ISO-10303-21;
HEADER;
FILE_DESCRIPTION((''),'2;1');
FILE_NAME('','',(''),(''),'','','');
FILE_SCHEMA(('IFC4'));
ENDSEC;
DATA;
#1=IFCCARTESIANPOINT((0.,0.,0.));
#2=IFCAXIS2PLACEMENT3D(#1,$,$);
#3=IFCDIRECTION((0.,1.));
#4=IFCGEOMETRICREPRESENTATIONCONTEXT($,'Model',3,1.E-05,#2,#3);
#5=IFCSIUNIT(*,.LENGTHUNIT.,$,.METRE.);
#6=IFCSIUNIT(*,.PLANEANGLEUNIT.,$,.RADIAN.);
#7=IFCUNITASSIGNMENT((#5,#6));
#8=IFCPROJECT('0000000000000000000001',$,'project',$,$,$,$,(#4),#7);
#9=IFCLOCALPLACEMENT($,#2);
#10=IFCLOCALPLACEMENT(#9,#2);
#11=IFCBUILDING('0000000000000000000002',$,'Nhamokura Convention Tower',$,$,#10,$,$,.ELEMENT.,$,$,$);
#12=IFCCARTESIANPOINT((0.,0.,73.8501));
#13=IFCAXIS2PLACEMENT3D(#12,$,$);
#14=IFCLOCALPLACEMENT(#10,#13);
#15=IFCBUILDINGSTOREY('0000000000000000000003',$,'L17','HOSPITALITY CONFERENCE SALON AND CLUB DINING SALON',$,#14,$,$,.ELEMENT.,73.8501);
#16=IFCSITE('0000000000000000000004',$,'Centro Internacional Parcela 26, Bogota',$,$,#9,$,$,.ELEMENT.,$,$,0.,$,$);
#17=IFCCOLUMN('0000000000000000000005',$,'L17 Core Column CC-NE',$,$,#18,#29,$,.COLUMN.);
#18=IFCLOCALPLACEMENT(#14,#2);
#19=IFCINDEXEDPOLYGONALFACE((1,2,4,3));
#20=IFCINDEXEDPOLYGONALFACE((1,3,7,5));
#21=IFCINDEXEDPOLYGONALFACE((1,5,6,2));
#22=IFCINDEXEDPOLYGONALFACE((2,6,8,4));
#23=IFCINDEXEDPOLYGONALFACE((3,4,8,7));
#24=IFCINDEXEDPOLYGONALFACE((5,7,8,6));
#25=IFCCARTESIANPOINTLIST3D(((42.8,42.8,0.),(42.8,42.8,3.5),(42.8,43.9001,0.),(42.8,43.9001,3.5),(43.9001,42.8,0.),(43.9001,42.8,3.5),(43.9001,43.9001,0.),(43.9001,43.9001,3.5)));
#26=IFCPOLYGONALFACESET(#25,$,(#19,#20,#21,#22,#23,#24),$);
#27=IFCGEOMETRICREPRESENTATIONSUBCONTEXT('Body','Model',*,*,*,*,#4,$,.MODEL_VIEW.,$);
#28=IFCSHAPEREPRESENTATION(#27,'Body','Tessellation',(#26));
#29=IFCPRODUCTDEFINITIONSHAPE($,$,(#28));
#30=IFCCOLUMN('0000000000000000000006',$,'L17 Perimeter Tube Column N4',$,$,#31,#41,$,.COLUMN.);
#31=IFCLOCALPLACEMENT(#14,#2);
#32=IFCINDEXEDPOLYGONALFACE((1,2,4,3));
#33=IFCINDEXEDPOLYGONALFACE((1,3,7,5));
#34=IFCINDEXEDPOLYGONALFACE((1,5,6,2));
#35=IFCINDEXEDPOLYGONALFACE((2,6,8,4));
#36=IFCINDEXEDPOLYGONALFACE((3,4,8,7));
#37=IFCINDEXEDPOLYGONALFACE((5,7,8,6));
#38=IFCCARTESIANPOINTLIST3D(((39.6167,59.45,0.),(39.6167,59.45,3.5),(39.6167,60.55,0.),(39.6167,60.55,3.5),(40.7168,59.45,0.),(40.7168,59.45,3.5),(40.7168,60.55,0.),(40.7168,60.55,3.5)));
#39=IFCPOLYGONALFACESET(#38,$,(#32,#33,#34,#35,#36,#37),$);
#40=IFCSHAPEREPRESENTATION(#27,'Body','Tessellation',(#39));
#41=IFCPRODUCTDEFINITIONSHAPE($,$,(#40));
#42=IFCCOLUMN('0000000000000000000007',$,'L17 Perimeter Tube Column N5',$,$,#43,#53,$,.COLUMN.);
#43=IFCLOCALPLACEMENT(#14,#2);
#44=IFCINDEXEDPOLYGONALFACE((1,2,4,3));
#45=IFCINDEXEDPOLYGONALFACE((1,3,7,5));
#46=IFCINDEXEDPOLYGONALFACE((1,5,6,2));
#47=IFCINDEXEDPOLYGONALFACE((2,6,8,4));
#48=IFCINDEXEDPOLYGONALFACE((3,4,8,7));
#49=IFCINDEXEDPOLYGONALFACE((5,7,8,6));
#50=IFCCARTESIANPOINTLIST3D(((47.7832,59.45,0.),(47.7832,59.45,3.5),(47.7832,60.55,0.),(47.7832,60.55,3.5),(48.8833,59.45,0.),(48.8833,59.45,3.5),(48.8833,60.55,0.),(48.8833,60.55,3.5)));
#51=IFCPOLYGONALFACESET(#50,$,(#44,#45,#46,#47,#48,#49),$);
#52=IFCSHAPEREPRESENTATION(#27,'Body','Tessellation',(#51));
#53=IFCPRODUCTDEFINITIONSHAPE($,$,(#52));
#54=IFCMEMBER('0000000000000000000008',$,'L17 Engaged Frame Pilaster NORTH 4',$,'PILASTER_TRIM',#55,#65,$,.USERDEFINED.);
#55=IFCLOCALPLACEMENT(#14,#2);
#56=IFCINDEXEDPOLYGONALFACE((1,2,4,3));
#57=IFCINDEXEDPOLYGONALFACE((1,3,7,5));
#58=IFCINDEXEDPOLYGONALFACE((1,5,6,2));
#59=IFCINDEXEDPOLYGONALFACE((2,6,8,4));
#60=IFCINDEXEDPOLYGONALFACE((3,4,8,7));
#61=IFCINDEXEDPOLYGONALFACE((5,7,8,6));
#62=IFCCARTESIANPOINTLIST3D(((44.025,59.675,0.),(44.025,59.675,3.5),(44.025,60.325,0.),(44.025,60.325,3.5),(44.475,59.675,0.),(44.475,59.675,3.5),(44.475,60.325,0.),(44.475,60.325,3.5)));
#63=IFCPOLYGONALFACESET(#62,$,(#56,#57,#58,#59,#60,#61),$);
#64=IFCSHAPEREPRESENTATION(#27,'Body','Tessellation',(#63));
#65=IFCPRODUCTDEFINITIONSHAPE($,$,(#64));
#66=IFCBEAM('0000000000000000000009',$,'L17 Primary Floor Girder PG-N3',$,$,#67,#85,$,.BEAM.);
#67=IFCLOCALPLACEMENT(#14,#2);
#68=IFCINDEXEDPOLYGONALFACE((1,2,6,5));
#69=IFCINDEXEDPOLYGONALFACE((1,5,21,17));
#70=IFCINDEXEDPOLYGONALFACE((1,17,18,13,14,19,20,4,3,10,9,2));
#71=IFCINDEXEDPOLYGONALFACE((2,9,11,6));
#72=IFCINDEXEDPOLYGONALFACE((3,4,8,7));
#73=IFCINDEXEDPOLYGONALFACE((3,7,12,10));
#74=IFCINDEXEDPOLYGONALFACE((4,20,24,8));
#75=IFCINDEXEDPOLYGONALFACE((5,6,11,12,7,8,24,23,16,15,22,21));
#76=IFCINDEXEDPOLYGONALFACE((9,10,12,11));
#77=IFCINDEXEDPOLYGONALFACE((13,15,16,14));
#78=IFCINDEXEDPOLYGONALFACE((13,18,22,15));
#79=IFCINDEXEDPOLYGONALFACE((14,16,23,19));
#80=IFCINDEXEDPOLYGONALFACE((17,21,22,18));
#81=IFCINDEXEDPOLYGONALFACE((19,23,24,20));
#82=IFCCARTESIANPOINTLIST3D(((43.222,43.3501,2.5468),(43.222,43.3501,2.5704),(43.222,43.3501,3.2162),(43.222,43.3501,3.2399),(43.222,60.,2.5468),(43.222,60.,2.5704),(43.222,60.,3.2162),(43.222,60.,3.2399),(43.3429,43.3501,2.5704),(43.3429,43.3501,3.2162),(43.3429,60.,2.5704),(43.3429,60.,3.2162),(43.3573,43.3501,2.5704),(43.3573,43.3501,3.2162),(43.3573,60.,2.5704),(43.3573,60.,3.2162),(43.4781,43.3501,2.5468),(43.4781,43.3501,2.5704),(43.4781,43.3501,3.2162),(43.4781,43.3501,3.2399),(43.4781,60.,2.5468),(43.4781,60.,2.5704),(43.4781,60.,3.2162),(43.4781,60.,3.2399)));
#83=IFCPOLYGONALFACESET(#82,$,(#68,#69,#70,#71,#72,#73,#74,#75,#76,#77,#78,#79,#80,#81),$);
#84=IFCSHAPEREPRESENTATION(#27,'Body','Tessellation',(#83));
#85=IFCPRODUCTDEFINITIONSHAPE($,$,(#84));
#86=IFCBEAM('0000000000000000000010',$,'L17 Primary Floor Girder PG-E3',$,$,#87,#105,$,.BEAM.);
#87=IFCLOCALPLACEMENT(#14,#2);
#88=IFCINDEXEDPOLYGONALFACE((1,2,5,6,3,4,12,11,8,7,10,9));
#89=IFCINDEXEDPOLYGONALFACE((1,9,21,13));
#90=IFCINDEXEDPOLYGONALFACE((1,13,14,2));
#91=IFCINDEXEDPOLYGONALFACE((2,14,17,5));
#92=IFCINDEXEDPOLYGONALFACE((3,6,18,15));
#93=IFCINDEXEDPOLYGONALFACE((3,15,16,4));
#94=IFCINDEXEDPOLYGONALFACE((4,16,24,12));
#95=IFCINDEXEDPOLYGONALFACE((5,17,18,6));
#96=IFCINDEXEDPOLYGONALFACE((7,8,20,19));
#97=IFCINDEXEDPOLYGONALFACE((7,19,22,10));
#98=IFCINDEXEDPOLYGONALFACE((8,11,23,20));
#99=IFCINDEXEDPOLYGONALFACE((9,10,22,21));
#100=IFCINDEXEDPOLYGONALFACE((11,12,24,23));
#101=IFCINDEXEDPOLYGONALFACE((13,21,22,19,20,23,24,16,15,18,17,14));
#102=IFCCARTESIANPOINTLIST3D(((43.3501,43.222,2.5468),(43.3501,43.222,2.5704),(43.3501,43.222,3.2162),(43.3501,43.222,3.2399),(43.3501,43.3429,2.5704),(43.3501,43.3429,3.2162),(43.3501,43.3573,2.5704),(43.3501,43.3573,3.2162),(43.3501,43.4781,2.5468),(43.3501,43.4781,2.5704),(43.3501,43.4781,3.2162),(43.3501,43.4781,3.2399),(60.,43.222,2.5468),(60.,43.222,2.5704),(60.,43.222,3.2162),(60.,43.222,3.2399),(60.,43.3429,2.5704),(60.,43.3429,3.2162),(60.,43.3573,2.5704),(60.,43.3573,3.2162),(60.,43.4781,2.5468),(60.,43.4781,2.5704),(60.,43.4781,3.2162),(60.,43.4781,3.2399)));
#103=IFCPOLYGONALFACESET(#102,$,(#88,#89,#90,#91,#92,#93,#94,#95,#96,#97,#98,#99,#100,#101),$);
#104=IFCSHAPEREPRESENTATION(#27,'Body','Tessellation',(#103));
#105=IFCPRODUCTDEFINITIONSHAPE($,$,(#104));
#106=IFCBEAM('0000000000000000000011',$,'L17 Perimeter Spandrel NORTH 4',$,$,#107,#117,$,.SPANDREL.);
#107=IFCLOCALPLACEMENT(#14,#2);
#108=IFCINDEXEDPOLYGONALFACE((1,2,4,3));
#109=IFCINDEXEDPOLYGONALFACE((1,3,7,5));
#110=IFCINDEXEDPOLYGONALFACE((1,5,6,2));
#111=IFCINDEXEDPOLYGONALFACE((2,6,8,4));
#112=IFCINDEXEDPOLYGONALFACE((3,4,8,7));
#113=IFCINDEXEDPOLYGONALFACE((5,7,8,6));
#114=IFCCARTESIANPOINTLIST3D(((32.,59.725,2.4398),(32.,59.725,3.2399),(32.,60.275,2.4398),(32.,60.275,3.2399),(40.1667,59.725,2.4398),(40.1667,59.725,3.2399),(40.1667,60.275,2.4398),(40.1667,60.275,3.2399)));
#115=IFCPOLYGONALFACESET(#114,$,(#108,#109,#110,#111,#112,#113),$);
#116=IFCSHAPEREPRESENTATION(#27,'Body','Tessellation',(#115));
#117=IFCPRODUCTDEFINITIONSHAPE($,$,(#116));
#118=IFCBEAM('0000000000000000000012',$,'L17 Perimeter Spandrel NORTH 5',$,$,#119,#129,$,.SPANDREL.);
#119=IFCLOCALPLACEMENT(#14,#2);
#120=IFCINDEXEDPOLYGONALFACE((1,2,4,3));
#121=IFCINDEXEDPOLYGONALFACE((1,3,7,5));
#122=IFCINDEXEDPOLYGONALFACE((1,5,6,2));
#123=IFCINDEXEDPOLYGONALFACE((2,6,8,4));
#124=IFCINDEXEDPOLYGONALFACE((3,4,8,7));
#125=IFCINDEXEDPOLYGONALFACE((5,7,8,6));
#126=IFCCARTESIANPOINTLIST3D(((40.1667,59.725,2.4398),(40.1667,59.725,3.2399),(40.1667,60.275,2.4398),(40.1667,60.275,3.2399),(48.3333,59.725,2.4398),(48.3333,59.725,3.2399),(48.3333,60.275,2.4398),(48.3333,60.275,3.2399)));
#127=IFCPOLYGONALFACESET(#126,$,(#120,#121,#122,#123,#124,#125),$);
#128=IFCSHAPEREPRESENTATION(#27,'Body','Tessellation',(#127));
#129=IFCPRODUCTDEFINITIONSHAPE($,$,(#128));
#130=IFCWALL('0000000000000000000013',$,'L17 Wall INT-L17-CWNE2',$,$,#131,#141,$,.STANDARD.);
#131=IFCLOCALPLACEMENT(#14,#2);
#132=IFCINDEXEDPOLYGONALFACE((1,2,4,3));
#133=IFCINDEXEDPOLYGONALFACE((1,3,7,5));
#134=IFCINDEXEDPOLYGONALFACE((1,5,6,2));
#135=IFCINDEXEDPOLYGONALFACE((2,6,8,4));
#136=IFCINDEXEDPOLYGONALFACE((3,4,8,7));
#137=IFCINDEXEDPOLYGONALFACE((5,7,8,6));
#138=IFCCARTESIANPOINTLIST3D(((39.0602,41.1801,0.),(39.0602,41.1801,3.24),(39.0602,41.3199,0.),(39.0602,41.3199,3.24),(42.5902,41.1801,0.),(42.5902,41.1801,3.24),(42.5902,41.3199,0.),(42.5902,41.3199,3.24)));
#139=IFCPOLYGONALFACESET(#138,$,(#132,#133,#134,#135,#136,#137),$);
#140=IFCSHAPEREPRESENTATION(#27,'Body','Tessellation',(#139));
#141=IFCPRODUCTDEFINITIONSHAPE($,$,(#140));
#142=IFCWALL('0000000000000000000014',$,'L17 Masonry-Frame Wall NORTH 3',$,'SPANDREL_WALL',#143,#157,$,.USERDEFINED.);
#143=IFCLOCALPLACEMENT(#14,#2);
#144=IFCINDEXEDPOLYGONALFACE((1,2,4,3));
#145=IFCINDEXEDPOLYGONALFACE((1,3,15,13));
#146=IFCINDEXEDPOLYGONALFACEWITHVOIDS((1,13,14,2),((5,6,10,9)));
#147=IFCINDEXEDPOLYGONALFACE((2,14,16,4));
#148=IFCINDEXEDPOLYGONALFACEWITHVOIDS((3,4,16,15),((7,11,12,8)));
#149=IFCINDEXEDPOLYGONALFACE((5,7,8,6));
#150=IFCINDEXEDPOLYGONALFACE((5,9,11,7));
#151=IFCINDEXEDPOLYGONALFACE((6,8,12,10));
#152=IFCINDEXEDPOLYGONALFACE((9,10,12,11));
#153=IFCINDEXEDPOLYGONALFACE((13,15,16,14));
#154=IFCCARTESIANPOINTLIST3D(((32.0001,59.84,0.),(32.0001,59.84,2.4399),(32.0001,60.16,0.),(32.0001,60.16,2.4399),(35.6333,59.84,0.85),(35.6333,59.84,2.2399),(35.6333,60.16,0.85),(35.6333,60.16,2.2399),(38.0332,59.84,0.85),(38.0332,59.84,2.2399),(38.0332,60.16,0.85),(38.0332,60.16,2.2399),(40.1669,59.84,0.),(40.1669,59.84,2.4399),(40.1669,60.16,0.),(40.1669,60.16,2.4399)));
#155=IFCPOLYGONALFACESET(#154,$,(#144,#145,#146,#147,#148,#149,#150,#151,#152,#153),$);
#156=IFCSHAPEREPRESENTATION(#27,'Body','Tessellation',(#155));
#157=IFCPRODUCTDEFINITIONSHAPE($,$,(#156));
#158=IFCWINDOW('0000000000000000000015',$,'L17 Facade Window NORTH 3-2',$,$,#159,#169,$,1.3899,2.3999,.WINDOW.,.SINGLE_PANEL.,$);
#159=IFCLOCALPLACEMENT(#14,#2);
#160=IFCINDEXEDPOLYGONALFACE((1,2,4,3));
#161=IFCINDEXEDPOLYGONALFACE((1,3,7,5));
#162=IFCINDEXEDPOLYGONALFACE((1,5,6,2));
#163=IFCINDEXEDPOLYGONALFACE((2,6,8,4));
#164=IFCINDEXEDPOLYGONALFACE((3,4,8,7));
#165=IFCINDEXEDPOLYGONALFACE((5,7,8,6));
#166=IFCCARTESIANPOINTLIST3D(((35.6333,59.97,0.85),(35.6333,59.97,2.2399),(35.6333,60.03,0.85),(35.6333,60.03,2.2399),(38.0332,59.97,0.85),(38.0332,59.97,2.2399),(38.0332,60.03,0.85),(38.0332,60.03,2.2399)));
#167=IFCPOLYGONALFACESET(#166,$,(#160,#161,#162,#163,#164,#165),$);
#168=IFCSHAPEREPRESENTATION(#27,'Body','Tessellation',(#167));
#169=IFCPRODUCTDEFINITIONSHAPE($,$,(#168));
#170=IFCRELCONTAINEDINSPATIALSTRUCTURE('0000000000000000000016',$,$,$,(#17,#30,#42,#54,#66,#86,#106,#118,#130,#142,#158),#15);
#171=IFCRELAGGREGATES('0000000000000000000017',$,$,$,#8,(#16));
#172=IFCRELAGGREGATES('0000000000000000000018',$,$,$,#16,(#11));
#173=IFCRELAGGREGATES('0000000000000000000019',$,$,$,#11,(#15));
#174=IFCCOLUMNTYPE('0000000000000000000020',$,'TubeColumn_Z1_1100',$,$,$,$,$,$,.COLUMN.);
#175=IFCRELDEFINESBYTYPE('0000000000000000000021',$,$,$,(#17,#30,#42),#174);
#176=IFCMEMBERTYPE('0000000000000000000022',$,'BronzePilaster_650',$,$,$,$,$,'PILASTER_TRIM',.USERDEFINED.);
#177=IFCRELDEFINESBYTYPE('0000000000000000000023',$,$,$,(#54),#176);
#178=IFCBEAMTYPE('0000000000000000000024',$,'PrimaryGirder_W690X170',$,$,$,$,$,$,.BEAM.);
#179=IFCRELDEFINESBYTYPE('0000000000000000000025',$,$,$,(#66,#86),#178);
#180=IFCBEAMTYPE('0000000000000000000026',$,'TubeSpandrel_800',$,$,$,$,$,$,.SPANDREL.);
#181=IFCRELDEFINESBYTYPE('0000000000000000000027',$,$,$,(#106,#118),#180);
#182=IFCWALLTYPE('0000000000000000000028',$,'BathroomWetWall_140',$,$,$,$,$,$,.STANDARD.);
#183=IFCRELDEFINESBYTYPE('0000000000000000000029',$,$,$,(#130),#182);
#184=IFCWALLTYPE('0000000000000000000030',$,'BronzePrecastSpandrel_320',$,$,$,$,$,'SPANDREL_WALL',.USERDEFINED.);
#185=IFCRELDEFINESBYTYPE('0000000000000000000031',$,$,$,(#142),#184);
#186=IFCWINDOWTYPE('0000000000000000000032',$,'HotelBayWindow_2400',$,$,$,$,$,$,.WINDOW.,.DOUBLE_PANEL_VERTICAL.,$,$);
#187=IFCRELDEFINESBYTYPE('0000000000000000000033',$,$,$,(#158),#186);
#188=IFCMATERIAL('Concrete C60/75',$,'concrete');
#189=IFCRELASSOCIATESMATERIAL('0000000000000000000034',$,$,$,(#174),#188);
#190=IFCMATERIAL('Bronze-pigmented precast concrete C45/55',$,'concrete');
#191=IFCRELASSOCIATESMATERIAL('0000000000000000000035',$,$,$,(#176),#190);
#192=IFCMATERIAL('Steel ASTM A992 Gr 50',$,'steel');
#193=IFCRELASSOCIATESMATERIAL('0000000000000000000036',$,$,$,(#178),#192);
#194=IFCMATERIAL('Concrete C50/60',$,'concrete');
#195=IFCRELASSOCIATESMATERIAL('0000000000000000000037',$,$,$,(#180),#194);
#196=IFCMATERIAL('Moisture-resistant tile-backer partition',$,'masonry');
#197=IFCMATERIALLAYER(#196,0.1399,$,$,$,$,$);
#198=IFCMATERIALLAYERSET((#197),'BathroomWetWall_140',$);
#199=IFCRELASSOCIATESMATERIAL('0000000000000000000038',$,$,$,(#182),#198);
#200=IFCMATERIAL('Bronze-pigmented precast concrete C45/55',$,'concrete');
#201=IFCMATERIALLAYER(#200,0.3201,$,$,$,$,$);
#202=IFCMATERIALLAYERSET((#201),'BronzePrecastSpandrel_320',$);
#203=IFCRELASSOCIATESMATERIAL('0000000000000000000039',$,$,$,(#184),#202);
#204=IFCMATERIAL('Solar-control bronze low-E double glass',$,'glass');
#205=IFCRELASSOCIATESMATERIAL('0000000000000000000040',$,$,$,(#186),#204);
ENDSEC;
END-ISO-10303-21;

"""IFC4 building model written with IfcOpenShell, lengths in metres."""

from ifc_helpers import new_model, si_unit, direction, frame, frame_2d, origin, origin_2d, place, context, subcontext, project, spatial, rectangle, i_section, extrude, material, layer, layer_set, material_profile, profile_set, type_object, element, fill, save


model = new_model("IFC4")

# Units and contexts
model_context = context("Model", 3, precision=1e-05, world=origin(), true_north=direction((0.0, 1.0)))
body_context = subcontext(model_context, "Body", "Model", "MODEL_VIEW")
ifc_project = project(units=[si_unit("LENGTHUNIT", "METRE"), si_unit("PLANEANGLEUNIT", "RADIAN")], contexts=[model_context])

# Site, building, storey
site_placement = place(None, origin())
site = spatial("IfcSite", under=ifc_project, at=site_placement, Name="Centro Internacional Parcela 26, Bogota", CompositionType="ELEMENT", RefElevation=0.0)
building_placement = place(site_placement, origin())
building = spatial("IfcBuilding", under=site, at=building_placement, Name="Nhamokura Convention Tower", CompositionType="ELEMENT")
storey_placement = place(building_placement, frame((0.0, 0.0, 73.8501)))
storey = spatial("IfcBuildingStorey", under=building, at=storey_placement, Name="L17", Description="HOSPITALITY CONFERENCE SALON AND CLUB DINING SALON", CompositionType="ELEMENT", Elevation=73.8501)

# Columns
ifc_material_1 = material(Name="Concrete C60/75", Category="concrete")
ifc_material_profile_1 = material_profile(ifc_material_1, rectangle(XDim=1.1001, YDim=1.1001, at=origin_2d()))
ifc_profile_set_1 = profile_set([ifc_material_profile_1], Name="Concrete C60/75")
column_type = type_object("IfcColumnType", Name="TubeColumn_Z1_1100", PredefinedType="COLUMN", material=ifc_profile_set_1)
for number, where, z_axis, x_axis, name in (
    (1, (43.3501, 43.3501, 0.0), (0.0, 0.0, 1.0), (1.0, 0.0, 0.0), "L17 Core Column CC-NE"),
    (2, (40.1667, 60.0, 0.0), (0.0, 0.0, 1.0), (1.0, 0.0, 0.0), "L17 Perimeter Tube Column N4"),
    (3, (48.3333, 60.0, 0.0), (0.0, 0.0, 1.0), (1.0, 0.0, 0.0), "L17 Perimeter Tube Column N5"),
):
    element("IfcColumn", number, at=place(storey_placement, frame(where, z_axis=z_axis, x_axis=x_axis)), inside=storey, type_object=column_type, Name=name, PredefinedType="COLUMN", context=body_context, shape_type="SweptSolid", body=[
        extrude(rectangle(XDim=1.1001, YDim=1.1001, at=origin_2d()), origin(), (0.0, 0.0, 1.0), 3.5),
    ])

# Member
ifc_material_2 = material(Name="Bronze-pigmented precast concrete C45/55", Category="concrete")
ifc_material_profile_2 = material_profile(ifc_material_2, rectangle(XDim=0.45, YDim=0.6499, at=origin_2d()))
ifc_profile_set_2 = profile_set([ifc_material_profile_2], Name="Bronze-pigmented precast concrete C45/55")
member_type = type_object("IfcMemberType", Name="BronzePilaster_650", ElementType="PILASTER_TRIM", PredefinedType="USERDEFINED", material=ifc_profile_set_2)
member_placement = place(storey_placement, frame((44.25, 60.0, 0.0), z_axis=(0.0, 0.0, 1.0), x_axis=(1.0, 0.0, 0.0)))
element("IfcMember", 4, at=member_placement, inside=storey, type_object=member_type, Name="L17 Engaged Frame Pilaster NORTH 4", ObjectType="PILASTER_TRIM", PredefinedType="USERDEFINED", context=body_context, shape_type="SweptSolid", body=[
    extrude(rectangle(XDim=0.45, YDim=0.6499, at=origin_2d()), origin(), (0.0, 0.0, 1.0), 3.5),
])

# Beams
ifc_material_3 = material(Name="Steel ASTM A992 Gr 50", Category="steel")
ifc_material_profile_3 = material_profile(ifc_material_3, i_section(OverallWidth=0.2561, OverallDepth=0.6931, WebThickness=0.0144, FlangeThickness=0.0237, at=origin_2d()))
ifc_profile_set_3 = profile_set([ifc_material_profile_3], Name="Steel ASTM A992 Gr 50")
beam_type_1 = type_object("IfcBeamType", Name="PrimaryGirder_W690X170", PredefinedType="BEAM", material=ifc_profile_set_3)
for number, where, z_axis, x_axis, name in (
    (5, (43.3501, 43.3501, 2.8933), (0.0, 1.0, 0.0), (-1.0, 0.0, 0.0), "L17 Primary Floor Girder PG-N3"),
    (6, (43.3501, 43.3501, 2.8933), (1.0, 0.0, 0.0), (0.0, 1.0, 0.0), "L17 Primary Floor Girder PG-E3"),
):
    element("IfcBeam", number, at=place(storey_placement, frame(where, z_axis=z_axis, x_axis=x_axis)), inside=storey, type_object=beam_type_1, Name=name, PredefinedType="BEAM", context=body_context, shape_type="SweptSolid", body=[
        extrude(i_section(OverallWidth=0.2561, OverallDepth=0.6931, WebThickness=0.0144, FlangeThickness=0.0237, at=origin_2d()), origin(), (0.0, 0.0, 1.0), 16.6499),
    ])
ifc_material_4 = material(Name="Concrete C50/60", Category="concrete")
ifc_material_profile_4 = material_profile(ifc_material_4, rectangle(XDim=0.55, YDim=0.8, at=origin_2d()))
ifc_profile_set_4 = profile_set([ifc_material_profile_4], Name="Concrete C50/60")
beam_type_2 = type_object("IfcBeamType", Name="TubeSpandrel_800", PredefinedType="SPANDREL", material=ifc_profile_set_4)
beam_1_placement = place(storey_placement, frame((32.0, 60.0, 2.8398), z_axis=(1.0, 0.0, 0.0), x_axis=(0.0, 1.0, 0.0)))
element("IfcBeam", 7, at=beam_1_placement, inside=storey, type_object=beam_type_2, Name="L17 Perimeter Spandrel NORTH 4", PredefinedType="SPANDREL", context=body_context, shape_type="SweptSolid", body=[
    extrude(rectangle(XDim=0.55, YDim=0.8, at=origin_2d()), origin(), (0.0, 0.0, 1.0), 8.1667),
])
beam_2_placement = place(storey_placement, frame((40.1667, 60.0, 2.8398), z_axis=(1.0, 0.0, 0.0), x_axis=(0.0, 1.0, 0.0)))
element("IfcBeam", 8, at=beam_2_placement, inside=storey, type_object=beam_type_2, Name="L17 Perimeter Spandrel NORTH 5", PredefinedType="SPANDREL", context=body_context, shape_type="SweptSolid", body=[
    extrude(rectangle(XDim=0.55, YDim=0.8, at=origin_2d()), origin(), (0.0, 0.0, 1.0), 8.1665),
])

# Wall
ifc_material_5 = material(Name="Moisture-resistant tile-backer partition", Category="masonry")
ifc_layer_1 = layer(ifc_material_5, 0.1399)
ifc_layer_set_1 = layer_set([ifc_layer_1], Name="BathroomWetWall_140")
wall_type_1 = type_object("IfcWallType", Name="BathroomWetWall_140", PredefinedType="STANDARD", material=ifc_layer_set_1)
wall_1_placement = place(storey_placement, frame((39.0601, 41.25, 0.0), z_axis=(0.0, 0.0, 1.0), x_axis=(1.0, 0.0, 0.0)))
element("IfcWall", 9, at=wall_1_placement, inside=storey, type_object=wall_type_1, Name="L17 Wall INT-L17-CWNE2", PredefinedType="STANDARD", context=body_context, shape_type="SweptSolid", body=[
    extrude(rectangle(XDim=3.53, YDim=0.1399, at=frame_2d((1.7651, 0.0))), origin(), (0.0, 0.0, 1.0), 3.24),
])

# Wall, opening, window
ifc_material_6 = material(Name="Bronze-pigmented precast concrete C45/55", Category="concrete")
ifc_layer_2 = layer(ifc_material_6, 0.3201)
ifc_layer_set_2 = layer_set([ifc_layer_2], Name="BronzePrecastSpandrel_320")
wall_type_2 = type_object("IfcWallType", Name="BronzePrecastSpandrel_320", ElementType="SPANDREL_WALL", PredefinedType="USERDEFINED", material=ifc_layer_set_2)
wall_2_placement = place(storey_placement, frame((32.0, 60.0, 0.0), z_axis=(0.0, 0.0, 1.0), x_axis=(1.0, 0.0, 0.0)))
wall_2 = element("IfcWall", 10, at=wall_2_placement, inside=storey, type_object=wall_type_2, Name="L17 Masonry-Frame Wall NORTH 3", ObjectType="SPANDREL_WALL", PredefinedType="USERDEFINED", context=body_context, shape_type="SweptSolid", body=[
    extrude(rectangle(XDim=8.1667, YDim=0.3201, at=frame_2d((4.0835, 0.0))), origin(), (0.0, 0.0, 1.0), 2.4399),
])
opening_1_placement = place(wall_2_placement, frame((3.6333, 0.0, 0.8501)))
opening_1 = element("IfcOpeningElement", 11, at=opening_1_placement, cuts=wall_2, PredefinedType="OPENING", context=body_context, shape_type="SweptSolid", body=[
    extrude(rectangle(XDim=2.3999, YDim=1.3899, at=frame_2d((1.2, 0.6948))), frame((0.0, 0.1699, 0.0), z_axis=(0.0, -1.0, 0.0), x_axis=(1.0, 0.0, 0.0)), (0.0, 0.0, 1.0), 0.3401),
])
ifc_material_7 = material(Name="Solar-control bronze low-E double glass", Category="glass")
window_type_1 = type_object("IfcWindowType", Name="HotelBayWindow_2400", PartitioningType="DOUBLE_PANEL_VERTICAL", PredefinedType="WINDOW", material=ifc_material_7)
window_1_placement = place(opening_1_placement, origin())
window_1 = element("IfcWindow", 12, at=window_1_placement, inside=storey, type_object=window_type_1, Name="L17 Facade Window NORTH 3-2", OverallHeight=1.3899, OverallWidth=2.3999, PartitioningType="SINGLE_PANEL", PredefinedType="WINDOW", context=body_context, shape_type="SweptSolid", body=[
    extrude(rectangle(XDim=2.3999, YDim=1.3899, at=frame_2d((1.2, 0.6948))), frame((0.0, 0.03, 0.0), z_axis=(0.0, -1.0, 0.0), x_axis=(1.0, 0.0, 0.0)), (0.0, 0.0, 1.0), 0.0601),
])
fill(opening_1, window_1)

save(model, "model.ifc")
